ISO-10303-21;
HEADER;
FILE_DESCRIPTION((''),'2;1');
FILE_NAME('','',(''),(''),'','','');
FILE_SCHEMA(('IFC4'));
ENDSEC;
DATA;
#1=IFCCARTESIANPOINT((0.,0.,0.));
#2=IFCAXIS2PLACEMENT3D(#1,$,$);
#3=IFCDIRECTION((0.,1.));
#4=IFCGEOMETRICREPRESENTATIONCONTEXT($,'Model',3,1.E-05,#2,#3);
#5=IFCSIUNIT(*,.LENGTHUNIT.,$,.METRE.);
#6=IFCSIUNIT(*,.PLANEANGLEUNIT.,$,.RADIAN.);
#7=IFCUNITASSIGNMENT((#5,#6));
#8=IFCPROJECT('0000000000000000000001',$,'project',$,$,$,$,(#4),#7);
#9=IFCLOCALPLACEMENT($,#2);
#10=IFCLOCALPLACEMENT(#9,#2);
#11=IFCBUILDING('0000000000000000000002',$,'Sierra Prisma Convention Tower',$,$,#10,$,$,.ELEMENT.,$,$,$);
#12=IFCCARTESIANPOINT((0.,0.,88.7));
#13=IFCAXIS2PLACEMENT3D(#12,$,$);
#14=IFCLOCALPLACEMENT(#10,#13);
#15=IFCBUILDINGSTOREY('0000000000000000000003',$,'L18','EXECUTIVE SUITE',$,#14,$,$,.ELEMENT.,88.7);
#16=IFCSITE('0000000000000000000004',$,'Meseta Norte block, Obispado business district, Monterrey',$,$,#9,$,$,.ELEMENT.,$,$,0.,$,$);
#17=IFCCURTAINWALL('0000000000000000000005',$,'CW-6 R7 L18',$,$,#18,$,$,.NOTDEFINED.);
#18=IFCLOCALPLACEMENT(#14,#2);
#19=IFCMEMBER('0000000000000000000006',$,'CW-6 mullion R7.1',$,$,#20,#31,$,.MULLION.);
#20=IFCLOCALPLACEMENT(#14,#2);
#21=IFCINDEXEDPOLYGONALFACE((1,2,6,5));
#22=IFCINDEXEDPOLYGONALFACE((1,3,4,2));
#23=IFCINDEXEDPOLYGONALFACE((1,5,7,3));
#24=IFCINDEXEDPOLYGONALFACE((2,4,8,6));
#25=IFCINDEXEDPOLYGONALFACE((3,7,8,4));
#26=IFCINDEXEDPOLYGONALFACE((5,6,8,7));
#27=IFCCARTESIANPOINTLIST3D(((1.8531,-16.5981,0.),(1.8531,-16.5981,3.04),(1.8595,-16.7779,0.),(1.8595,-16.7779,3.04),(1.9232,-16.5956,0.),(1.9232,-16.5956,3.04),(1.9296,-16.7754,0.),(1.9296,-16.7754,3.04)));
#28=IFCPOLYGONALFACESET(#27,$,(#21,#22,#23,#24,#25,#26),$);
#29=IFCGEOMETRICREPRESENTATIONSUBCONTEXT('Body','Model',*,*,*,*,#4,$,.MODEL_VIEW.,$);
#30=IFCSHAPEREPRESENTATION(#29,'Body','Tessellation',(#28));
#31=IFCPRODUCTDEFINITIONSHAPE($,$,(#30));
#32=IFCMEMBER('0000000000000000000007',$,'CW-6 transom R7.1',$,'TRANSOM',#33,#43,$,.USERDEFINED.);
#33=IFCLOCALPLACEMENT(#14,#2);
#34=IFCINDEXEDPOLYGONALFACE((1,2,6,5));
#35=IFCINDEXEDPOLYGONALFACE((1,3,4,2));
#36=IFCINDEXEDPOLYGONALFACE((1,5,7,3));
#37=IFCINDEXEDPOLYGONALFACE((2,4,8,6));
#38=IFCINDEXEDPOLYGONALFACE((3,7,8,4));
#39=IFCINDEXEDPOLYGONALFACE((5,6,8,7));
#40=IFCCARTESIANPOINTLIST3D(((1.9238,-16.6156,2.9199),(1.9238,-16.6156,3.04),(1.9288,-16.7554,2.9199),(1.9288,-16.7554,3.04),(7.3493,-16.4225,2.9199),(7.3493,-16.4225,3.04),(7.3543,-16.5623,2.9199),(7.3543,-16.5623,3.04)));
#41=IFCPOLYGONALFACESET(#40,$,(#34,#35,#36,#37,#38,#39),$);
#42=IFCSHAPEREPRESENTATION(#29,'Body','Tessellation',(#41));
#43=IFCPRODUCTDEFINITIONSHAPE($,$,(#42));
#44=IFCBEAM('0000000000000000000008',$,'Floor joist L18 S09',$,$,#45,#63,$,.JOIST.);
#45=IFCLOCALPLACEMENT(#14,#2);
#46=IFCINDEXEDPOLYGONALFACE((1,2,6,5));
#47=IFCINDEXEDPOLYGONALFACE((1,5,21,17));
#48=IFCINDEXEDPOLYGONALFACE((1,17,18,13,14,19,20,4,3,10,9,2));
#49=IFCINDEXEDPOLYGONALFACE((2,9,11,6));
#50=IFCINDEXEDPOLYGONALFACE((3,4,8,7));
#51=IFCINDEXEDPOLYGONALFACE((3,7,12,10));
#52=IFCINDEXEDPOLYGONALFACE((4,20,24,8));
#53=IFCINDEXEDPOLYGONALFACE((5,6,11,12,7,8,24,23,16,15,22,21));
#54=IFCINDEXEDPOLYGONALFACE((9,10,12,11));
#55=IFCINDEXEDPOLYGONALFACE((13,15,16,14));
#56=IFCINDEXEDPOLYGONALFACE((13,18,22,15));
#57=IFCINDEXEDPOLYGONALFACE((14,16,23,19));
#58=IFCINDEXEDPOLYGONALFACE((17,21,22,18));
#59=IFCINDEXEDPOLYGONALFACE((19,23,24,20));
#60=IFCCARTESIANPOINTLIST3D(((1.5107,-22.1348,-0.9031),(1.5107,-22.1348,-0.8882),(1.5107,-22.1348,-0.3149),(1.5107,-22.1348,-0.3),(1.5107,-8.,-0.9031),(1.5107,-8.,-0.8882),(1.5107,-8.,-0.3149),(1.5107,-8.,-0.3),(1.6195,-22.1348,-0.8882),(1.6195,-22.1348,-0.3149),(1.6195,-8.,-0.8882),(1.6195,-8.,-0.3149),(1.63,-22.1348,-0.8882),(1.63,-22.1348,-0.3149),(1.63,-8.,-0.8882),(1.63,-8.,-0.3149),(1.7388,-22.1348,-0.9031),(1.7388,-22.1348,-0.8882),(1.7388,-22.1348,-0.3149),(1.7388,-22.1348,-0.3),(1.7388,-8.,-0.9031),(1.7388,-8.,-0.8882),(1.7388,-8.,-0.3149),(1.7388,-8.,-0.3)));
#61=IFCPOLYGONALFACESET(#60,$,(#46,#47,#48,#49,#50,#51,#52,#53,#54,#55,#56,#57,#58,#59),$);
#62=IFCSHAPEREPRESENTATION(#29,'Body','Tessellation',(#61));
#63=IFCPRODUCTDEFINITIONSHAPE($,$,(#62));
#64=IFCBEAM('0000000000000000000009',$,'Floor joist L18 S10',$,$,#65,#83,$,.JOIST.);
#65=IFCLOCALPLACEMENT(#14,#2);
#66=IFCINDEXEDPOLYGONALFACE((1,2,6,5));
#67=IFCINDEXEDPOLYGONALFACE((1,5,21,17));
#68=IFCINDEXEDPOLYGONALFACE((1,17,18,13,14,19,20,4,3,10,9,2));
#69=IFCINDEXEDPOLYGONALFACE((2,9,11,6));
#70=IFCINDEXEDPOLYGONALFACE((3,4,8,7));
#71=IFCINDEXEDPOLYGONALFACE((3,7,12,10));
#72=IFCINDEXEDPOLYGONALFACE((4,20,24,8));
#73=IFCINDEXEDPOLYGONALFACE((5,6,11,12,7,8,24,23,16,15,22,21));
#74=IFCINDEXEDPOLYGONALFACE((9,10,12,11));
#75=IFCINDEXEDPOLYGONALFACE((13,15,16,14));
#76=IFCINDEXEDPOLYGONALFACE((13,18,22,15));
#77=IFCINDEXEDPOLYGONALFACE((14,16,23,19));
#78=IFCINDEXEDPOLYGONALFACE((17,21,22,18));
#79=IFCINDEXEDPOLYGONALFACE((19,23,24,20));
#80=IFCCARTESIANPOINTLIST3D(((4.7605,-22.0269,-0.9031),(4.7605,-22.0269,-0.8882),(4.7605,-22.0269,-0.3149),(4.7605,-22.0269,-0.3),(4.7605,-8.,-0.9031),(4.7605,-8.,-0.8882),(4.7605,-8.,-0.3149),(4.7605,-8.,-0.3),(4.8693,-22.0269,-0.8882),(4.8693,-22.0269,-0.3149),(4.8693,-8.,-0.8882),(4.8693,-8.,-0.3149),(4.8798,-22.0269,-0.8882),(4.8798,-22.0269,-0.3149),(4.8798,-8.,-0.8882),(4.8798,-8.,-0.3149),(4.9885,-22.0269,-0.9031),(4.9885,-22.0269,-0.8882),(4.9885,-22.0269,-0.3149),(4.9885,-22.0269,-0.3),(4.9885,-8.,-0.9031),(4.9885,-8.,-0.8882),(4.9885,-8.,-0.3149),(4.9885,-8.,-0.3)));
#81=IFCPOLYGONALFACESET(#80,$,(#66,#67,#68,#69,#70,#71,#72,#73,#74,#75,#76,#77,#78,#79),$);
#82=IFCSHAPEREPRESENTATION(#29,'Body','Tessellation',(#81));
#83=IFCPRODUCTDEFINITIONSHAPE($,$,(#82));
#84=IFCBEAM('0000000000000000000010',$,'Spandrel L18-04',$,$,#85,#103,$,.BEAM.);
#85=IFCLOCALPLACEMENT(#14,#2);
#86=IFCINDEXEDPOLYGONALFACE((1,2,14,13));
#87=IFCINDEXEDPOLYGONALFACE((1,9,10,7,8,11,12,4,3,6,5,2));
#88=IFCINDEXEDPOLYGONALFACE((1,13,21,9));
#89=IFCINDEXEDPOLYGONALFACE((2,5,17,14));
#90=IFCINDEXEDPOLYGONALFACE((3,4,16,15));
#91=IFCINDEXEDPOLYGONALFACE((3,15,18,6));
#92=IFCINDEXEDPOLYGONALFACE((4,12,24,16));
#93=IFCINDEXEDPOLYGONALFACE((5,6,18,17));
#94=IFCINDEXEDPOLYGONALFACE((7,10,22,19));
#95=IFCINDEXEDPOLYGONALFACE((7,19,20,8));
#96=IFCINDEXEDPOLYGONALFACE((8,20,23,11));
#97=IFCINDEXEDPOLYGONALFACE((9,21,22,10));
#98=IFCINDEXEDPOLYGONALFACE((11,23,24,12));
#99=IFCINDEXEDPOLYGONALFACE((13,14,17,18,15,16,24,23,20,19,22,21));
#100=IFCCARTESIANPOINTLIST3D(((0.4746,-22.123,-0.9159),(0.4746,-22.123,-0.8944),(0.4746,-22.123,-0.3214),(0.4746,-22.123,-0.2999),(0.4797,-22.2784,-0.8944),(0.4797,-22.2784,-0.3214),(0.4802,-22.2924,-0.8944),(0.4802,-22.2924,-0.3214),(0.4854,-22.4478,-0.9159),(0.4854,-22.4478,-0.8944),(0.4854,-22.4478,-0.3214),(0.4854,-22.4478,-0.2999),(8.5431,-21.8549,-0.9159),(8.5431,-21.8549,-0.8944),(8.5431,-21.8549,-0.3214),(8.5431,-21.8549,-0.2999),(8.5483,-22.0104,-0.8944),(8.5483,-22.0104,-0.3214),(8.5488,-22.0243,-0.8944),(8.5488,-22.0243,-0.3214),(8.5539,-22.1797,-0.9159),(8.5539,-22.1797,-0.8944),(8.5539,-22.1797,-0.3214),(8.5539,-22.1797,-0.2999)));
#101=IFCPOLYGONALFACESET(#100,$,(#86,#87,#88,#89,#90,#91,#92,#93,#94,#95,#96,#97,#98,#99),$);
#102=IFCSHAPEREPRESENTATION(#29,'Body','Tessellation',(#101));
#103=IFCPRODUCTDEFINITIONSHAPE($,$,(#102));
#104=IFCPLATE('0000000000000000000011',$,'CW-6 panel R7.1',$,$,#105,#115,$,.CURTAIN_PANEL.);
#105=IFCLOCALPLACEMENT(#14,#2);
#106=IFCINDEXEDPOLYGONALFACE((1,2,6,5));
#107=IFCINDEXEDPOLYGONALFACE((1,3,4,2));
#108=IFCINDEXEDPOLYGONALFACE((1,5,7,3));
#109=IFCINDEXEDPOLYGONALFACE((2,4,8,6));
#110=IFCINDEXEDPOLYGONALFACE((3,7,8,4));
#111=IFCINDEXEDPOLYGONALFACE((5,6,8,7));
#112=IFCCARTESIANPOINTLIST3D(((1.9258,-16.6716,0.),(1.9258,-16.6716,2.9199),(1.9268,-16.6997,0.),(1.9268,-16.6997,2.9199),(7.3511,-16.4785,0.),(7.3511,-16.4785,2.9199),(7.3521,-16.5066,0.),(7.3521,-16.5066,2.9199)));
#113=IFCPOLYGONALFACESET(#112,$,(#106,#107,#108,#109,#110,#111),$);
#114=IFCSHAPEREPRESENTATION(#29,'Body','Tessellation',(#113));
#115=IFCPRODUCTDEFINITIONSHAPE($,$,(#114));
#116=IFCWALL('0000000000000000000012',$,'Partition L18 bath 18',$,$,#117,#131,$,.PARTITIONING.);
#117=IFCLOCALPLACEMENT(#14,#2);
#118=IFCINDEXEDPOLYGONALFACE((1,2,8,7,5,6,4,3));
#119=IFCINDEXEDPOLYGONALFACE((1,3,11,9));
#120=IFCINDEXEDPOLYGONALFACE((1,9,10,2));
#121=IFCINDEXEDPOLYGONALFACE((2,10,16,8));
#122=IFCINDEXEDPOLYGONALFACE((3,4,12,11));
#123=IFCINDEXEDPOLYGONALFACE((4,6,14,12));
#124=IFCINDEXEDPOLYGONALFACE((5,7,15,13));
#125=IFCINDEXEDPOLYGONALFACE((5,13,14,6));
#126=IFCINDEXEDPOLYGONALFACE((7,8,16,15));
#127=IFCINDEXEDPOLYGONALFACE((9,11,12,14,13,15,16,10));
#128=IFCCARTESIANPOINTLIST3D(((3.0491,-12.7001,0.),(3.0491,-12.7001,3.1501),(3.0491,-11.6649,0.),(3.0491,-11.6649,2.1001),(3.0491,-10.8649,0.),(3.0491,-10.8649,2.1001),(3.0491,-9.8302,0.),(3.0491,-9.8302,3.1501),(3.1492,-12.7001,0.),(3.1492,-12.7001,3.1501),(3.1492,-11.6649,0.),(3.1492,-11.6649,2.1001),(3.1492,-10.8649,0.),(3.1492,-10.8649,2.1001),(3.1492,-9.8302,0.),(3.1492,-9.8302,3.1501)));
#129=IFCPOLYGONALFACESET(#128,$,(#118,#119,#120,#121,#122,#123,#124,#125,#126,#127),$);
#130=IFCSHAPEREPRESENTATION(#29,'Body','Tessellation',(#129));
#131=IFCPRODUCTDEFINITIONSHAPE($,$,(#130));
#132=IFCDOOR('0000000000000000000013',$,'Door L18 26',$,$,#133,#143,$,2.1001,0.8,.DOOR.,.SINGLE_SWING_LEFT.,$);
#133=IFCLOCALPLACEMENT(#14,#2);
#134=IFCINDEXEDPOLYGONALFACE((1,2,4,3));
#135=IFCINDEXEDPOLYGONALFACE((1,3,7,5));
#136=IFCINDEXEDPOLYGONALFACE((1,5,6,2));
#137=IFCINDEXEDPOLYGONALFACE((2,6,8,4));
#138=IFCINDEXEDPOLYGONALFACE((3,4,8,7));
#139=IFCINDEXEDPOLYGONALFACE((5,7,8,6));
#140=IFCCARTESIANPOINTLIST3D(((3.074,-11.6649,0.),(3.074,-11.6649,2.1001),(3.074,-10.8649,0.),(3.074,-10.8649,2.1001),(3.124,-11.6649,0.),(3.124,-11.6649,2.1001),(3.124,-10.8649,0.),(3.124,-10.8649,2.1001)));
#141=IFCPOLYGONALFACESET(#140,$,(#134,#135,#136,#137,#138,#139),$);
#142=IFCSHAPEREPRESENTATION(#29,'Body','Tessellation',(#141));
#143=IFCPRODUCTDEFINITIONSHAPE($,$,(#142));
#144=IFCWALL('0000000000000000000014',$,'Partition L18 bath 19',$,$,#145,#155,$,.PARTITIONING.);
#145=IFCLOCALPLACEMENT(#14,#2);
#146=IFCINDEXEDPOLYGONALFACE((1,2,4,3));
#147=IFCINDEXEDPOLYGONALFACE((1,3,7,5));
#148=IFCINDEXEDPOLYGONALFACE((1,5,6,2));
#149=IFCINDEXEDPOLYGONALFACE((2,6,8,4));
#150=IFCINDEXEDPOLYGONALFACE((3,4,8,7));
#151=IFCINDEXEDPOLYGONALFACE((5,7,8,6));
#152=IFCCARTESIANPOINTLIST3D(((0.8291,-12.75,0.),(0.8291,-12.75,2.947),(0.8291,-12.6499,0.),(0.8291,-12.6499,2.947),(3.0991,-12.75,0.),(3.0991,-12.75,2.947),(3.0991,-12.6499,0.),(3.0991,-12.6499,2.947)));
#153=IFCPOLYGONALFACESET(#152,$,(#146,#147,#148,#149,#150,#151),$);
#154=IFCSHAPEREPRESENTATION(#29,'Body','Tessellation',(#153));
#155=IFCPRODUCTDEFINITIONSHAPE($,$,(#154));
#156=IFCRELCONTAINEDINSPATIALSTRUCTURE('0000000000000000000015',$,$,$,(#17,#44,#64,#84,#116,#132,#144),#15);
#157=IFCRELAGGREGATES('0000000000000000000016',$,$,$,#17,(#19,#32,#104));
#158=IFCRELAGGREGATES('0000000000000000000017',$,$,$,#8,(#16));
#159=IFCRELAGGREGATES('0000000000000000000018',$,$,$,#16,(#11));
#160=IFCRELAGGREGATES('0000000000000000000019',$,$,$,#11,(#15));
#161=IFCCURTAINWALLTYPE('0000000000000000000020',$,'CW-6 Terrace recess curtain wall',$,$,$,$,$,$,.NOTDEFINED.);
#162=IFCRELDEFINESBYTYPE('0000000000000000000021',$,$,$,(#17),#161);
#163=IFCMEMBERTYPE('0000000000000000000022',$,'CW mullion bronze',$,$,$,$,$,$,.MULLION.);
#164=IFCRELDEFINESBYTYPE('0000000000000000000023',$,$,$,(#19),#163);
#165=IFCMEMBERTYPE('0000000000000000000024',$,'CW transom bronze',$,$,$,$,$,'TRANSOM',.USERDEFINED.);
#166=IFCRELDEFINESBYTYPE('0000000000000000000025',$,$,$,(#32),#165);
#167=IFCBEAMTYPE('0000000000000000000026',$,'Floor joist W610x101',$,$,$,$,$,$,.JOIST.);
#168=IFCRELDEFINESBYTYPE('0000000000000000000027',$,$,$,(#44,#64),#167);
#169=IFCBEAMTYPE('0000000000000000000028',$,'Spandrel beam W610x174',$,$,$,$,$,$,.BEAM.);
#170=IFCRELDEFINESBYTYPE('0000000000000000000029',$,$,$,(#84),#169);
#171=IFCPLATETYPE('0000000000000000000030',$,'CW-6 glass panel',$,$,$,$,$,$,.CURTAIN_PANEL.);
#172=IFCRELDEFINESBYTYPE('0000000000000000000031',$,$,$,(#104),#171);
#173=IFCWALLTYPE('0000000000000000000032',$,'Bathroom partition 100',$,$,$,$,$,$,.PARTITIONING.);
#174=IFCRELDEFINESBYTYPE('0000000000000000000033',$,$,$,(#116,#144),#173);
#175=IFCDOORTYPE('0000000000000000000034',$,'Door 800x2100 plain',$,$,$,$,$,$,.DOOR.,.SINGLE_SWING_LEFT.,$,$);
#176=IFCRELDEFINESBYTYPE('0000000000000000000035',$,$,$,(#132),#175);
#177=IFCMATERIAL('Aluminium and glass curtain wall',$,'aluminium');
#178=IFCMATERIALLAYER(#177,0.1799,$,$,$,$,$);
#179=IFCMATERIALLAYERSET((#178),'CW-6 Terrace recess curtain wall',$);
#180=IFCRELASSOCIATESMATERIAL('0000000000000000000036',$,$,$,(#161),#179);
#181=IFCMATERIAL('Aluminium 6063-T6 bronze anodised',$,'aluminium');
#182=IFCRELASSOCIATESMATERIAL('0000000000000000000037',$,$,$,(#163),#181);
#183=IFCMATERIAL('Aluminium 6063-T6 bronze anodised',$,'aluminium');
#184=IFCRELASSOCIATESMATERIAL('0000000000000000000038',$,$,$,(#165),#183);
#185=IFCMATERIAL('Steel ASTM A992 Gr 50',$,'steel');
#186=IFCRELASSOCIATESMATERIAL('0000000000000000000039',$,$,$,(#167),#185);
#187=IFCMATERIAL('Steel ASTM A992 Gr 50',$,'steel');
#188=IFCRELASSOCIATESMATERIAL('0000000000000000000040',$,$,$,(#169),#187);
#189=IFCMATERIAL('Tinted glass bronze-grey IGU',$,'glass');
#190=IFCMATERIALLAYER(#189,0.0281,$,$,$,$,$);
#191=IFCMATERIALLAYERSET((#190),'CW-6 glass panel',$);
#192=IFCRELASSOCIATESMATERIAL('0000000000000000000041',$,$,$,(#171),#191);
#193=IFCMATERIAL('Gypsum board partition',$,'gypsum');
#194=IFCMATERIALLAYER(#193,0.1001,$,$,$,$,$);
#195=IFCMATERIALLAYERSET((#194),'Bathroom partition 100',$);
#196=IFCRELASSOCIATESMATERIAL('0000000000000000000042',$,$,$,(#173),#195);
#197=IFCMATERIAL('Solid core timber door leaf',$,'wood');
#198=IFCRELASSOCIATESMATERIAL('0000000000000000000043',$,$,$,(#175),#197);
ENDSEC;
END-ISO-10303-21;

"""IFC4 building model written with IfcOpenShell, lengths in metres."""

from ifc_helpers import new_model, si_unit, direction, frame, frame_2d, origin, origin_2d, place, context, subcontext, project, spatial, rectangle, i_section, extrude, material, layer, layer_set, material_profile, profile_set, type_object, element, fill, aggregate, save


model = new_model("IFC4")

# Units and contexts
model_context = context("Model", 3, precision=1e-05, world=origin(), true_north=direction((0.0, 1.0)))
body_context = subcontext(model_context, "Body", "Model", "MODEL_VIEW")
ifc_project = project(units=[si_unit("LENGTHUNIT", "METRE"), si_unit("PLANEANGLEUNIT", "RADIAN")], contexts=[model_context])

# Site, building, storey
site_placement = place(None, origin())
site = spatial("IfcSite", under=ifc_project, at=site_placement, Name="Meseta Norte block, Obispado business district, Monterrey", CompositionType="ELEMENT", RefElevation=0.0)
building_placement = place(site_placement, origin())
building = spatial("IfcBuilding", under=site, at=building_placement, Name="Sierra Prisma Convention Tower", CompositionType="ELEMENT")
storey_placement = place(building_placement, frame((0.0, 0.0, 88.7)))
storey = spatial("IfcBuildingStorey", under=building, at=storey_placement, Name="L18", Description="EXECUTIVE SUITE", CompositionType="ELEMENT", Elevation=88.7)

# Curtain wall, members
ifc_material_1 = material(Name="Aluminium and glass curtain wall", Category="aluminium")
ifc_layer_1 = layer(ifc_material_1, 0.1799)
ifc_layer_set_1 = layer_set([ifc_layer_1], Name="CW-6 Terrace recess curtain wall")
curtain_wall_type = type_object("IfcCurtainWallType", Name="CW-6 Terrace recess curtain wall", PredefinedType="NOTDEFINED", material=ifc_layer_set_1)
curtain_wall_placement = place(storey_placement, origin())
curtain_wall = element("IfcCurtainWall", 1, at=curtain_wall_placement, inside=storey, type_object=curtain_wall_type, Name="CW-6 R7 L18", PredefinedType="NOTDEFINED")
ifc_material_2 = material(Name="Aluminium 6063-T6 bronze anodised", Category="aluminium")
ifc_material_profile_1 = material_profile(ifc_material_2, rectangle(XDim=0.1799, YDim=0.0701, at=origin_2d()), Name="ALU MULLION 70x180")
ifc_profile_set_1 = profile_set([ifc_material_profile_1], Name="Aluminium 6063-T6 bronze anodised")
member_type_1 = type_object("IfcMemberType", Name="CW mullion bronze", PredefinedType="MULLION", material=ifc_profile_set_1)
member_1_placement = place(storey_placement, frame((1.8914, -16.6868, 0.0), z_axis=(0.0, 0.0, 1.0), x_axis=(-0.035574, 0.999367, 0.0)))
member_1 = element("IfcMember", 2, at=member_1_placement, type_object=member_type_1, Name="CW-6 mullion R7.1", PredefinedType="MULLION", context=body_context, shape_type="SweptSolid", body=[
    extrude(rectangle(XDim=0.1799, YDim=0.0701, at=origin_2d()), origin(), (0.0, 0.0, 1.0), 3.04),
])
ifc_material_3 = material(Name="Aluminium 6063-T6 bronze anodised", Category="aluminium")
ifc_material_profile_2 = material_profile(ifc_material_3, rectangle(XDim=0.1399, YDim=0.1201, at=origin_2d()), Name="ALU TRANSOM 120x140")
ifc_profile_set_2 = profile_set([ifc_material_profile_2], Name="Aluminium 6063-T6 bronze anodised")
member_type_2 = type_object("IfcMemberType", Name="CW transom bronze", ElementType="TRANSOM", PredefinedType="USERDEFINED", material=ifc_profile_set_2)
member_2_placement = place(storey_placement, frame((1.9263, -16.6855, 2.98), z_axis=(0.999367, 0.035571, 0.0), x_axis=(-0.035571, 0.999367, 0.0)))
member_2 = element("IfcMember", 3, at=member_2_placement, type_object=member_type_2, Name="CW-6 transom R7.1", ObjectType="TRANSOM", PredefinedType="USERDEFINED", context=body_context, shape_type="SweptSolid", body=[
    extrude(rectangle(XDim=0.1399, YDim=0.1201, at=origin_2d()), origin(), (0.0, 0.0, 1.0), 5.429),
])

# Beams
ifc_material_4 = material(Name="Steel ASTM A992 Gr 50", Category="steel")
ifc_material_profile_3 = material_profile(ifc_material_4, i_section(OverallWidth=0.228, OverallDepth=0.603, WebThickness=0.0105, FlangeThickness=0.0149, at=origin_2d()), Name="W610x101")
ifc_profile_set_3 = profile_set([ifc_material_profile_3], Name="Steel ASTM A992 Gr 50")
beam_type_1 = type_object("IfcBeamType", Name="Floor joist W610x101", PredefinedType="JOIST", material=ifc_profile_set_3)
beam_1_placement = place(storey_placement, frame((1.6248, -22.1348, -0.6016), z_axis=(0.0, 1.0, 0.0), x_axis=(-1.0, 0.0, 0.0)))
element("IfcBeam", 4, at=beam_1_placement, inside=storey, type_object=beam_type_1, Name="Floor joist L18 S09", PredefinedType="JOIST", context=body_context, shape_type="SweptSolid", body=[
    extrude(i_section(OverallWidth=0.228, OverallDepth=0.603, WebThickness=0.0105, FlangeThickness=0.0149, at=origin_2d()), origin(), (0.0, 0.0, 1.0), 14.1348),
])
beam_2_placement = place(storey_placement, frame((4.8745, -22.0269, -0.6016), z_axis=(0.0, 1.0, 0.0), x_axis=(-1.0, 0.0, 0.0)))
element("IfcBeam", 5, at=beam_2_placement, inside=storey, type_object=beam_type_1, Name="Floor joist L18 S10", PredefinedType="JOIST", context=body_context, shape_type="SweptSolid", body=[
    extrude(i_section(OverallWidth=0.228, OverallDepth=0.603, WebThickness=0.0105, FlangeThickness=0.0149, at=origin_2d()), origin(), (0.0, 0.0, 1.0), 14.0269),
])
ifc_material_5 = material(Name="Steel ASTM A992 Gr 50", Category="steel")
ifc_material_profile_4 = material_profile(ifc_material_5, i_section(OverallWidth=0.325, OverallDepth=0.616, WebThickness=0.0139, FlangeThickness=0.0215, at=origin_2d()), Name="W610x174")
ifc_profile_set_4 = profile_set([ifc_material_profile_4], Name="Steel ASTM A992 Gr 50")
beam_type_2 = type_object("IfcBeamType", Name="Spandrel beam W610x174", PredefinedType="BEAM", material=ifc_profile_set_4)
beam_3_placement = place(storey_placement, frame((0.48, -22.2854, -0.6079), z_axis=(0.999449, 0.033205, 0.0), x_axis=(-0.033205, 0.999449, 0.0)))
element("IfcBeam", 6, at=beam_3_placement, inside=storey, type_object=beam_type_2, Name="Spandrel L18-04", PredefinedType="BEAM", context=body_context, shape_type="SweptSolid", body=[
    extrude(i_section(OverallWidth=0.325, OverallDepth=0.616, WebThickness=0.0139, FlangeThickness=0.0215, at=origin_2d()), origin(), (0.0, 0.0, 1.0), 8.073),
])

# Plate
ifc_material_6 = material(Name="Tinted glass bronze-grey IGU", Category="glass")
ifc_layer_2 = layer(ifc_material_6, 0.0281)
ifc_layer_set_2 = layer_set([ifc_layer_2], Name="CW-6 glass panel")
plate_type = type_object("IfcPlateType", Name="CW-6 glass panel", PredefinedType="CURTAIN_PANEL", material=ifc_layer_set_2)
plate_placement = place(storey_placement, frame((4.6389, -16.5891, 0.0), z_axis=(0.0, 0.0, 1.0), x_axis=(0.999367, 0.035574, 0.0)))
plate = element("IfcPlate", 7, at=plate_placement, type_object=plate_type, Name="CW-6 panel R7.1", PredefinedType="CURTAIN_PANEL", context=body_context, shape_type="SweptSolid", body=[
    extrude(rectangle(XDim=5.4287, YDim=0.0281, at=origin_2d()), origin(), (0.0, 0.0, 1.0), 2.9199),
])
aggregate(curtain_wall, [member_1, member_2, plate])

# Wall, opening, door
ifc_material_7 = material(Name="Gypsum board partition", Category="gypsum")
ifc_layer_3 = layer(ifc_material_7, 0.1001)
ifc_layer_set_3 = layer_set([ifc_layer_3], Name="Bathroom partition 100")
wall_type_1 = type_object("IfcWallType", Name="Bathroom partition 100", PredefinedType="PARTITIONING", material=ifc_layer_set_3)
wall_1_placement = place(storey_placement, frame((3.0991, -9.8301, 0.0), z_axis=(0.0, 0.0, 1.0), x_axis=(0.0, -1.0, 0.0)))
wall_1 = element("IfcWall", 8, at=wall_1_placement, inside=storey, type_object=wall_type_1, Name="Partition L18 bath 18", PredefinedType="PARTITIONING", context=body_context, shape_type="SweptSolid", body=[
    extrude(rectangle(XDim=2.8699, YDim=0.1001, at=frame_2d((1.4351, 0.0))), origin(), (0.0, 0.0, 1.0), 3.1501),
])
opening_1_placement = place(wall_1_placement, frame((1.0349, 0.0, 0.0)))
opening_1 = element("IfcOpeningElement", 9, at=opening_1_placement, cuts=wall_1, PredefinedType="OPENING", context=body_context, shape_type="SweptSolid", body=[
    extrude(rectangle(XDim=0.8, YDim=2.1001, at=frame_2d((0.3999, 1.05))), frame((0.0, 0.05, 0.0), z_axis=(0.0, -1.0, 0.0), x_axis=(1.0, 0.0, 0.0)), (0.0, 0.0, 1.0), 0.1001),
])
ifc_material_8 = material(Name="Solid core timber door leaf", Category="wood")
door_type_1 = type_object("IfcDoorType", Name="Door 800x2100 plain", OperationType="SINGLE_SWING_LEFT", PredefinedType="DOOR", material=ifc_material_8)
door_1_placement = place(opening_1_placement, origin())
door_1 = element("IfcDoor", 10, at=door_1_placement, inside=storey, type_object=door_type_1, Name="Door L18 26", OperationType="SINGLE_SWING_LEFT", OverallHeight=2.1001, OverallWidth=0.8, PredefinedType="DOOR", context=body_context, shape_type="SweptSolid", body=[
    extrude(rectangle(XDim=0.8, YDim=2.1001, at=frame_2d((0.3999, 1.05))), frame((0.0, 0.0249, 0.0), z_axis=(0.0, -1.0, 0.0), x_axis=(1.0, 0.0, 0.0)), (0.0, 0.0, 1.0), 0.05),
])
fill(opening_1, door_1)

# Wall
wall_2_placement = place(storey_placement, frame((3.0991, -12.7, 0.0), z_axis=(0.0, 0.0, 1.0), x_axis=(-1.0, 0.0, 0.0)))
element("IfcWall", 11, at=wall_2_placement, inside=storey, type_object=wall_type_1, Name="Partition L18 bath 19", PredefinedType="PARTITIONING", context=body_context, shape_type="SweptSolid", body=[
    extrude(rectangle(XDim=2.27, YDim=0.1001, at=frame_2d((1.135, 0.0))), origin(), (0.0, 0.0, 1.0), 2.947),
])

save(model, "model.ifc")
